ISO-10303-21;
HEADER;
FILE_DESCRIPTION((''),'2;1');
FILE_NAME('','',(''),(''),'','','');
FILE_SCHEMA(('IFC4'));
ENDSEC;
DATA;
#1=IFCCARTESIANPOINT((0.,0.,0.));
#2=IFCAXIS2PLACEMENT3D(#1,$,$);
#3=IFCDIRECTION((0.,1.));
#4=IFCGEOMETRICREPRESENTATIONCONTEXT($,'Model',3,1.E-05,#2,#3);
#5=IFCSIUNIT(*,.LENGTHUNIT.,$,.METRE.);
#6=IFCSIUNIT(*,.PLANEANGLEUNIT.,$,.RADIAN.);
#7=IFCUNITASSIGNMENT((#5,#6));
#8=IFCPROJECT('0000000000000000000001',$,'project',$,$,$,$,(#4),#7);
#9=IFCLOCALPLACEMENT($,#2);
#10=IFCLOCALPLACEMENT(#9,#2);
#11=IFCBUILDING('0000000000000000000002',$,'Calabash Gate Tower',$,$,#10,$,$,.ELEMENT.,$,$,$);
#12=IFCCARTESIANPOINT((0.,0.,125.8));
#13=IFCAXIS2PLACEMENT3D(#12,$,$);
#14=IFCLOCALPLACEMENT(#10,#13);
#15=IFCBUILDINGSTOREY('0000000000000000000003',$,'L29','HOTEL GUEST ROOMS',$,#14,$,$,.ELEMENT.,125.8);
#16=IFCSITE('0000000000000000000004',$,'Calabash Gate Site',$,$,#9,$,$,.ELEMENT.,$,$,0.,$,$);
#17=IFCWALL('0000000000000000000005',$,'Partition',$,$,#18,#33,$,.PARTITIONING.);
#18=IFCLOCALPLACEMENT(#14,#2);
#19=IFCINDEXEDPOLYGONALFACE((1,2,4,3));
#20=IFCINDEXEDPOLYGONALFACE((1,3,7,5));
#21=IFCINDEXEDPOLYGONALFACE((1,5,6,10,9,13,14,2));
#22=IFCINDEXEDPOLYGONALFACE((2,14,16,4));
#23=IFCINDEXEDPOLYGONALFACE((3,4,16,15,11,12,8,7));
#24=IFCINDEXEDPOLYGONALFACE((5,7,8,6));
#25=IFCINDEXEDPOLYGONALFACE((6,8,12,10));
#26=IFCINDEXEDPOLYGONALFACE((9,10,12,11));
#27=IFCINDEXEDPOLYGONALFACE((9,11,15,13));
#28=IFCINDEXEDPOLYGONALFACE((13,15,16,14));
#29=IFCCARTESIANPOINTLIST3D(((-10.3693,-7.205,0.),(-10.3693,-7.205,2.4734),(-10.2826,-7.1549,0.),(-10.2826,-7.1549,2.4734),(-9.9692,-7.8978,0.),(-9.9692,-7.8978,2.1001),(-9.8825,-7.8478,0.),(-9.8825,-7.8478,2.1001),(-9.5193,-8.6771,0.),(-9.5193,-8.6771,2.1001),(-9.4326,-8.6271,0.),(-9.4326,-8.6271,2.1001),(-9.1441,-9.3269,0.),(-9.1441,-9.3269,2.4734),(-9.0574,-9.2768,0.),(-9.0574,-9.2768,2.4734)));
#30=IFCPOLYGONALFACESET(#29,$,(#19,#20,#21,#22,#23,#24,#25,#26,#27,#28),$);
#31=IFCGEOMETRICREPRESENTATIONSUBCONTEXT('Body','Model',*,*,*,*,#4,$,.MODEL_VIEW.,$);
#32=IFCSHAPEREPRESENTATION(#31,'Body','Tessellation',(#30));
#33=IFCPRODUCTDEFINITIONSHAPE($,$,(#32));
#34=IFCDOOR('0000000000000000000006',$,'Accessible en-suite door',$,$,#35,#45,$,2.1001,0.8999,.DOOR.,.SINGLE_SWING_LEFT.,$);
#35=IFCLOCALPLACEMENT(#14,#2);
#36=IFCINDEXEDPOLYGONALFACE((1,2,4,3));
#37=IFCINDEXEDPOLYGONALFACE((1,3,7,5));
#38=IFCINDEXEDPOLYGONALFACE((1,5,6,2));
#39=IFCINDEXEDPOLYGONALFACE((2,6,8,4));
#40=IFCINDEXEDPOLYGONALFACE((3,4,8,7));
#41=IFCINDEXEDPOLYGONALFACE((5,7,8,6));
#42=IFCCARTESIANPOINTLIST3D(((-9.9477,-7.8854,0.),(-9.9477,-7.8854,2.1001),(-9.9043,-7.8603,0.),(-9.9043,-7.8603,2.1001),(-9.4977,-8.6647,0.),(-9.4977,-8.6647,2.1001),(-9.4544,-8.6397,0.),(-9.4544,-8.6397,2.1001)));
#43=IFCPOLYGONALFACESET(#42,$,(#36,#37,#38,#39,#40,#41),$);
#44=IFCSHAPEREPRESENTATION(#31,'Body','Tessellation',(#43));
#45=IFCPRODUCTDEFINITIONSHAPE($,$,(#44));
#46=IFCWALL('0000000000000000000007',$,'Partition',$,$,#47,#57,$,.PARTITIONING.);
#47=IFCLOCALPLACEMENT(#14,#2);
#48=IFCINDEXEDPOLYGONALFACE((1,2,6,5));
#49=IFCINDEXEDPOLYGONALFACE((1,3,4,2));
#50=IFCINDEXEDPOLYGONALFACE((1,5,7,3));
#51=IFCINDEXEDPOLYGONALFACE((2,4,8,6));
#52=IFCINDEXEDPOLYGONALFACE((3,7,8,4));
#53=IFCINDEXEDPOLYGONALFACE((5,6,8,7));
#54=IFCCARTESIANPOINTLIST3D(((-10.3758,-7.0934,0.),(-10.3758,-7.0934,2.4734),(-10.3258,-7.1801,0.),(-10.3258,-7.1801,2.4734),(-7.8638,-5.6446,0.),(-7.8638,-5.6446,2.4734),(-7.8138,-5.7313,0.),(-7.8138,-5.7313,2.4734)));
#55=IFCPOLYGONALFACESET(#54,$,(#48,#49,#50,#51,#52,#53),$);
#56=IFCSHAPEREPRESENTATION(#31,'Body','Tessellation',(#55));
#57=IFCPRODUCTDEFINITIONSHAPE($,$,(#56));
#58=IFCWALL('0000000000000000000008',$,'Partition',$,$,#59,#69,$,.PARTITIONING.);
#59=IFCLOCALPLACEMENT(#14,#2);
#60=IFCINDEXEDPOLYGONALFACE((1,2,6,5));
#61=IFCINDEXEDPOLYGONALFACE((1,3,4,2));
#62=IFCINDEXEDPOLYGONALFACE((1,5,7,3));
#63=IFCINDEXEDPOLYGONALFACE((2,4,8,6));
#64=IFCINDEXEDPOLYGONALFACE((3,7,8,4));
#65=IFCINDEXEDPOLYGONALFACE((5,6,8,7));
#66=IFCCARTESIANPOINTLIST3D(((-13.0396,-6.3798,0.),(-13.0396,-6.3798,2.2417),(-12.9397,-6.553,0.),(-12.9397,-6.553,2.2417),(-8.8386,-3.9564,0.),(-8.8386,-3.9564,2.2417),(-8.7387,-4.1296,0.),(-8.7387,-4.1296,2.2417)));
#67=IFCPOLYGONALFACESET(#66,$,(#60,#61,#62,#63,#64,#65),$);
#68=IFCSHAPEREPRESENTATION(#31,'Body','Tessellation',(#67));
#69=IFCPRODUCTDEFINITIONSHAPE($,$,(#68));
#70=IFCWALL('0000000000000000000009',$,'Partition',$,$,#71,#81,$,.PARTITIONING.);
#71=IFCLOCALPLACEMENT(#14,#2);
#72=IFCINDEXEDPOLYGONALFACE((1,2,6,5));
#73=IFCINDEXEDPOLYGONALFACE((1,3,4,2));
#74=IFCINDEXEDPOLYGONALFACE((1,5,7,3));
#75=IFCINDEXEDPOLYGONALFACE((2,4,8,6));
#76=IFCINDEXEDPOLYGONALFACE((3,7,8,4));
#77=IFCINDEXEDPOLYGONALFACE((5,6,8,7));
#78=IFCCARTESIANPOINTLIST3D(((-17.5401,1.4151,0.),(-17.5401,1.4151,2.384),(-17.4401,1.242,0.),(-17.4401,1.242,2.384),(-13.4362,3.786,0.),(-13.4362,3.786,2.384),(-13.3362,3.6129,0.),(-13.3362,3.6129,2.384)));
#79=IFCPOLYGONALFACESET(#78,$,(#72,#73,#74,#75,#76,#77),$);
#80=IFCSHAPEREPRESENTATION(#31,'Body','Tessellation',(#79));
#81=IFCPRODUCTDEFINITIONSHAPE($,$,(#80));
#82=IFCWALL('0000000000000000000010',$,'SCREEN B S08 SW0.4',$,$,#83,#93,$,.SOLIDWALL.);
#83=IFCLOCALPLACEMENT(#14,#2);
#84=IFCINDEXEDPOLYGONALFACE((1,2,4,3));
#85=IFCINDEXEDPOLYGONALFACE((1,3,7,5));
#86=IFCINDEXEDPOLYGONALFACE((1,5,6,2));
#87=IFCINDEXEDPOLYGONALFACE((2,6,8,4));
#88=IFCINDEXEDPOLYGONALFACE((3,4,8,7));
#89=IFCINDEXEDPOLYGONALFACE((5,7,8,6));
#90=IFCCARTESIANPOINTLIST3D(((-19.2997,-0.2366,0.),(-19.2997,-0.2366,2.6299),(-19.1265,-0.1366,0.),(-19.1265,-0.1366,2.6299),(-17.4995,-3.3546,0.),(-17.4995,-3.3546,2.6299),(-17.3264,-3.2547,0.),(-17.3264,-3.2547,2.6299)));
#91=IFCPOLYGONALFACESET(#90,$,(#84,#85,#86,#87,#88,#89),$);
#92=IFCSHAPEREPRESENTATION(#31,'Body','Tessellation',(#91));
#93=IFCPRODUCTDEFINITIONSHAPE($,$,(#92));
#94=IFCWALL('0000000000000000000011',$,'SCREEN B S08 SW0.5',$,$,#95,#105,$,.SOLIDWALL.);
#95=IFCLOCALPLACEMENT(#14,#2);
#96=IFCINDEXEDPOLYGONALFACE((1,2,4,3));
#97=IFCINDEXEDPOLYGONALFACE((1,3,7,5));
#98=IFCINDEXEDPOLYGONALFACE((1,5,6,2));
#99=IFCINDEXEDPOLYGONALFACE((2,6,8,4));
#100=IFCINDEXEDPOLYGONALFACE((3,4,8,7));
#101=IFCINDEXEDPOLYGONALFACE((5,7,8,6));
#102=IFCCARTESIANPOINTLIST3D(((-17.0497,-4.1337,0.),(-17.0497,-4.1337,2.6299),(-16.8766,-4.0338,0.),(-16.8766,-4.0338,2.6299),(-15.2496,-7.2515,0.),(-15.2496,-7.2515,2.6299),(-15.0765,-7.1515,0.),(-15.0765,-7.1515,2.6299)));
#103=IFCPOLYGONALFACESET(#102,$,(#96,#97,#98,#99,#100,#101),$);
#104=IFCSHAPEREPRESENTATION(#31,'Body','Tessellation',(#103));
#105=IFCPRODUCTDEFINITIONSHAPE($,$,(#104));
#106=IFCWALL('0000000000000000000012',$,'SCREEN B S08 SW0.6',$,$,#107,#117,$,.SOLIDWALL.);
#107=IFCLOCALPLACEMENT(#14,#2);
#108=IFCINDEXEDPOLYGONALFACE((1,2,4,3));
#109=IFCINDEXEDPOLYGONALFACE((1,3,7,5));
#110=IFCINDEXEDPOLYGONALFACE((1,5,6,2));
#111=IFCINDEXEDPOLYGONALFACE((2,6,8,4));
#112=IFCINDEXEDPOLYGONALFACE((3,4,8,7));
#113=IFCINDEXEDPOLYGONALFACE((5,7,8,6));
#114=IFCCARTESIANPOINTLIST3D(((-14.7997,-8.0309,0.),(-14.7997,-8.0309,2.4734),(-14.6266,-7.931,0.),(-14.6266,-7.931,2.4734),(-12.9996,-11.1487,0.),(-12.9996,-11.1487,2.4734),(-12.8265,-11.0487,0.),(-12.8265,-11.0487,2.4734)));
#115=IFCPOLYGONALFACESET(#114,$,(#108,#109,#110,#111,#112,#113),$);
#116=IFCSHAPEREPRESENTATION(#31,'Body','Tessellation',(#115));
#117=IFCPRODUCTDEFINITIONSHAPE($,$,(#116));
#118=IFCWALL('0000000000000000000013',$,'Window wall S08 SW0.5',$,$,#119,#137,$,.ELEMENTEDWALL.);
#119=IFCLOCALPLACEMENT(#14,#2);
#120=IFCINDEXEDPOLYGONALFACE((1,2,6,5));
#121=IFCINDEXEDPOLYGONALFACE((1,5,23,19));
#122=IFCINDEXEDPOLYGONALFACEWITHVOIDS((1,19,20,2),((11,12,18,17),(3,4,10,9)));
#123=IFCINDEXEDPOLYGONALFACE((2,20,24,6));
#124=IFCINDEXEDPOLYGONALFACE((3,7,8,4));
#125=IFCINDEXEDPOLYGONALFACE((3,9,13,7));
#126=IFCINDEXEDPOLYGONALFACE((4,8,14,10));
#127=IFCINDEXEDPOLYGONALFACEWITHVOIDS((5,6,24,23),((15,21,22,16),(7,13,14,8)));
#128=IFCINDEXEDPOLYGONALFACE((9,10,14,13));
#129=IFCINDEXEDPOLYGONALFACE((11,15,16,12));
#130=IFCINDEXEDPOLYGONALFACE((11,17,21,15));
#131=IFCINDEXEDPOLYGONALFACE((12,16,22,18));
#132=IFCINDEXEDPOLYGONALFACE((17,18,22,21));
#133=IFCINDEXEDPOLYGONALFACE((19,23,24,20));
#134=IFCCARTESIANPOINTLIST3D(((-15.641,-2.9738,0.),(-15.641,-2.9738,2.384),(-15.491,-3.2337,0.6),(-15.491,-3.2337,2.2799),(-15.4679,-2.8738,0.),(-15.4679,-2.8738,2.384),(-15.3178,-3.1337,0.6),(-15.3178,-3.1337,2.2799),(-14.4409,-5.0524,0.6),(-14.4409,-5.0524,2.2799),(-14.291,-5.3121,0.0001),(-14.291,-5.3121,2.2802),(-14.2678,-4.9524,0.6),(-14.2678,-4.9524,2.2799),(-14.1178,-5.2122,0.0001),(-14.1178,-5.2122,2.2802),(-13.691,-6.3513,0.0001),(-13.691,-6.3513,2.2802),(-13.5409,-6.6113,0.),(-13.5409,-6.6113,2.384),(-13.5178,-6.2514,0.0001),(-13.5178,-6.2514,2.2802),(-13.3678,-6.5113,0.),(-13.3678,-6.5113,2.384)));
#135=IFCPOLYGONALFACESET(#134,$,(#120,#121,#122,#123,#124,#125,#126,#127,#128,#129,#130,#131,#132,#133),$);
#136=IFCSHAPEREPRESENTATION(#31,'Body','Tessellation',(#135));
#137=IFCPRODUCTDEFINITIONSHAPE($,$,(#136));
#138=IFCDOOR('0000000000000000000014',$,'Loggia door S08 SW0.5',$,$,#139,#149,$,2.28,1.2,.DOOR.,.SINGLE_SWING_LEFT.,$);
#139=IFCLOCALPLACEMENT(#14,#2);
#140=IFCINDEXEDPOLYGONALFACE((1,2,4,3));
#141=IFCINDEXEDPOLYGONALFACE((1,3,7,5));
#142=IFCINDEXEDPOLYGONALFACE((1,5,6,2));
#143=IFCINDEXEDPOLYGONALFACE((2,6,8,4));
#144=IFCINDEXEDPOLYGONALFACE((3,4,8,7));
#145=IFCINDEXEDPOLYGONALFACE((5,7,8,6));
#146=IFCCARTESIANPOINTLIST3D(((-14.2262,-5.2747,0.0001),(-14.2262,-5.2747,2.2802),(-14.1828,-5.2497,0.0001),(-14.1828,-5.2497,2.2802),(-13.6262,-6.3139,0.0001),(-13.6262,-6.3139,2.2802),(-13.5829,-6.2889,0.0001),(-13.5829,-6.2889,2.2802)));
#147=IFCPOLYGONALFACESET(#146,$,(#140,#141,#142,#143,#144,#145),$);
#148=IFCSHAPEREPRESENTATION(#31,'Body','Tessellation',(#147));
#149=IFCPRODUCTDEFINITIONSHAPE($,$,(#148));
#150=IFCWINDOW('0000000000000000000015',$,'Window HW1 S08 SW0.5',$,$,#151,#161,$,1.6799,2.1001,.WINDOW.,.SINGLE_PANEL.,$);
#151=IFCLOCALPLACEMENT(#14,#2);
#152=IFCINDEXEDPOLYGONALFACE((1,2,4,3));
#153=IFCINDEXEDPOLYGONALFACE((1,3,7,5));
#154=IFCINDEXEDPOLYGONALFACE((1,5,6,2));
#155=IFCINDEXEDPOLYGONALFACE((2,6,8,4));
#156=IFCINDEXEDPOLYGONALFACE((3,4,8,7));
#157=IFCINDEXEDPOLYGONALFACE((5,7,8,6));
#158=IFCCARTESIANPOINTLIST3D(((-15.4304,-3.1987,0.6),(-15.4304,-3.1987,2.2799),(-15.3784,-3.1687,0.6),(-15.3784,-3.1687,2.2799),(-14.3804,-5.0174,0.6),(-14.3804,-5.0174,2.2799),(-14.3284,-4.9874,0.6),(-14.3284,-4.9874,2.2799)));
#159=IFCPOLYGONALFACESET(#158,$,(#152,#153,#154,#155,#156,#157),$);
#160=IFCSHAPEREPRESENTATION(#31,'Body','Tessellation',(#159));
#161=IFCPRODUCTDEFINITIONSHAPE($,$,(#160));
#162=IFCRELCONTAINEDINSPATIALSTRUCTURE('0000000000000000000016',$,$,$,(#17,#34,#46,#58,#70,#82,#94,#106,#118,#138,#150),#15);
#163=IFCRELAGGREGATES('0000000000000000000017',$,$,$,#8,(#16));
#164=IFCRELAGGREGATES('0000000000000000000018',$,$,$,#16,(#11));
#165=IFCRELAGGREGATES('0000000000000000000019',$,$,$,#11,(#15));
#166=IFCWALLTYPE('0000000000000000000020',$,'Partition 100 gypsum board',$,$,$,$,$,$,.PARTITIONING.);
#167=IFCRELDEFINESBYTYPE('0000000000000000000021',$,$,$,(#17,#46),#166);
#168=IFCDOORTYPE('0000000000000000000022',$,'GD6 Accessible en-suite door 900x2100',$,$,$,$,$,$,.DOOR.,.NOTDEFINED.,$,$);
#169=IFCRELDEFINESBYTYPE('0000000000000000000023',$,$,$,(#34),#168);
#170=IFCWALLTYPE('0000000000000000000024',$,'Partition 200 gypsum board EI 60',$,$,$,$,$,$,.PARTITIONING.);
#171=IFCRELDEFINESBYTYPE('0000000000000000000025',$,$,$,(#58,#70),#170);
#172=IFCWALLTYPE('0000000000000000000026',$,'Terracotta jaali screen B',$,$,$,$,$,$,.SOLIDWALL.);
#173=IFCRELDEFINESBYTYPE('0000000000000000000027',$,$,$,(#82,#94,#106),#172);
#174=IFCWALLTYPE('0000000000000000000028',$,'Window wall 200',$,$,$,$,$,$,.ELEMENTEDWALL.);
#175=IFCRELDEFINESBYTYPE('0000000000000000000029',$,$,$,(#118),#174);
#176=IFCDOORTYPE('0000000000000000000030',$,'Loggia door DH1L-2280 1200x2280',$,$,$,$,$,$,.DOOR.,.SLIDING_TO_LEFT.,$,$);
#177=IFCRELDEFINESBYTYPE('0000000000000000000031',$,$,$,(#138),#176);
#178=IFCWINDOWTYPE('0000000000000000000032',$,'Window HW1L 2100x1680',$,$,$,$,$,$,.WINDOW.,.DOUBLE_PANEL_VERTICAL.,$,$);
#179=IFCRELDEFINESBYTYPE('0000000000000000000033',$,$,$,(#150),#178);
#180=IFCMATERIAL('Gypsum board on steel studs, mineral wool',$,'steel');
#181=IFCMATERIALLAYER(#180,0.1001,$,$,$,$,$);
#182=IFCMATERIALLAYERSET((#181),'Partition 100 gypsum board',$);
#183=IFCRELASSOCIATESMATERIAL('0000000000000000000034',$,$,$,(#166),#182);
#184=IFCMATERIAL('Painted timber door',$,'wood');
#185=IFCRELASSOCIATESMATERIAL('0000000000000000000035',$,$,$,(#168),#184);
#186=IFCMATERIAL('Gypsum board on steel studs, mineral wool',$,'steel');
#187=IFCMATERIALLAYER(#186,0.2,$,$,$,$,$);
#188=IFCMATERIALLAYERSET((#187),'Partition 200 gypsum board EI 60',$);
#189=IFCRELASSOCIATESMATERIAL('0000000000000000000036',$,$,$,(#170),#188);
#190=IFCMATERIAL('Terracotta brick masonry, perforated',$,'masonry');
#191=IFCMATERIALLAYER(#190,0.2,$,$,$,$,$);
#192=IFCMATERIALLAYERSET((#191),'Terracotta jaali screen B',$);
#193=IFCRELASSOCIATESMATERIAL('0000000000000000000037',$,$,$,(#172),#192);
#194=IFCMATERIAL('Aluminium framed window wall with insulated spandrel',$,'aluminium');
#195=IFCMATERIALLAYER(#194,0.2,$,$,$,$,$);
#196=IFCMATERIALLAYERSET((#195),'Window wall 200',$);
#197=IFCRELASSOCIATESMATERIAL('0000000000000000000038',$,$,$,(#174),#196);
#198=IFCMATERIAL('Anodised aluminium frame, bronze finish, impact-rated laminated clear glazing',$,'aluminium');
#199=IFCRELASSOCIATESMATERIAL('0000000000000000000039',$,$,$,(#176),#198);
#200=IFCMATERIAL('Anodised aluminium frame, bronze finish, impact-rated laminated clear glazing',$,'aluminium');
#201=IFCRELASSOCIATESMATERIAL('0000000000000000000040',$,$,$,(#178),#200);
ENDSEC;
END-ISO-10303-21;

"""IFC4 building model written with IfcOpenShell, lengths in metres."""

from ifc_helpers import new_model, si_unit, direction, frame, frame_2d, origin, place, context, subcontext, project, spatial, rectangle, extrude, material, layer, layer_set, type_object, element, fill, save


model = new_model("IFC4")

# Units and contexts
model_context = context("Model", 3, precision=1e-05, world=origin(), true_north=direction((0.0, 1.0)))
body_context = subcontext(model_context, "Body", "Model", "MODEL_VIEW")
ifc_project = project(units=[si_unit("LENGTHUNIT", "METRE"), si_unit("PLANEANGLEUNIT", "RADIAN")], contexts=[model_context])

# Site, building, storey
site_placement = place(None, origin())
site = spatial("IfcSite", under=ifc_project, at=site_placement, Name="Calabash Gate Site", CompositionType="ELEMENT", RefElevation=0.0)
building_placement = place(site_placement, origin())
building = spatial("IfcBuilding", under=site, at=building_placement, Name="Calabash Gate Tower", CompositionType="ELEMENT")
storey_placement = place(building_placement, frame((0.0, 0.0, 125.8)))
storey = spatial("IfcBuildingStorey", under=building, at=storey_placement, Name="L29", Description="HOTEL GUEST ROOMS", CompositionType="ELEMENT", Elevation=125.8)

# Wall, opening, door
ifc_material_1 = material(Name="Gypsum board on steel studs, mineral wool", Category="steel")
ifc_layer_1 = layer(ifc_material_1, 0.1001)
ifc_layer_set_1 = layer_set([ifc_layer_1], Name="Partition 100 gypsum board")
wall_type_1 = type_object("IfcWallType", Name="Partition 100 gypsum board", PredefinedType="PARTITIONING", material=ifc_layer_set_1)
wall_1_placement = place(storey_placement, frame((-10.3259, -7.1799, 0.0), z_axis=(0.0, 0.0, 1.0), x_axis=(0.500019, -0.866015, 0.0)))
wall_1 = element("IfcWall", 1, at=wall_1_placement, inside=storey, type_object=wall_type_1, Name="Partition", PredefinedType="PARTITIONING", context=body_context, shape_type="SweptSolid", body=[
    extrude(rectangle(XDim=2.4502, YDim=0.1001, at=frame_2d((1.2251, 0.0))), origin(), (0.0, 0.0, 1.0), 2.4734),
])
opening_1_placement = place(wall_1_placement, frame((0.8, 0.0, 0.0)))
opening_1 = element("IfcOpeningElement", 2, at=opening_1_placement, cuts=wall_1, PredefinedType="OPENING", context=body_context, shape_type="SweptSolid", body=[
    extrude(rectangle(XDim=0.8999, YDim=2.1001, at=frame_2d((0.45, 1.05))), frame((0.0, 0.0601, 0.0), z_axis=(0.0, -1.0, 0.0), x_axis=(1.0, 0.0, 0.0)), (0.0, 0.0, 1.0), 0.1201),
])
ifc_material_2 = material(Name="Painted timber door", Category="wood")
door_type_1 = type_object("IfcDoorType", Name="GD6 Accessible en-suite door 900x2100", OperationType="NOTDEFINED", PredefinedType="DOOR", material=ifc_material_2)
door_1_placement = place(opening_1_placement, origin())
door_1 = element("IfcDoor", 3, at=door_1_placement, inside=storey, type_object=door_type_1, Name="Accessible en-suite door", OperationType="SINGLE_SWING_LEFT", OverallHeight=2.1001, OverallWidth=0.8999, PredefinedType="DOOR", context=body_context, shape_type="SweptSolid", body=[
    extrude(rectangle(XDim=0.8999, YDim=2.1001, at=frame_2d((0.45, 1.05))), frame((0.0, 0.0249, 0.0), z_axis=(0.0, -1.0, 0.0), x_axis=(1.0, 0.0, 0.0)), (0.0, 0.0, 1.0), 0.05),
])
fill(opening_1, door_1)

# Walls
wall_2_placement = place(storey_placement, frame((-10.3508, -7.1367, 0.0), z_axis=(0.0, 0.0, 1.0), x_axis=(0.866257, 0.499599, 0.0)))
element("IfcWall", 4, at=wall_2_placement, inside=storey, type_object=wall_type_1, Name="Partition", PredefinedType="PARTITIONING", context=body_context, shape_type="SweptSolid", body=[
    extrude(rectangle(XDim=2.8999, YDim=0.1001, at=frame_2d((1.45, 0.0))), origin(), (0.0, 0.0, 1.0), 2.4734),
])
ifc_material_3 = material(Name="Gypsum board on steel studs, mineral wool", Category="steel")
ifc_layer_2 = layer(ifc_material_3, 0.2)
ifc_layer_set_2 = layer_set([ifc_layer_2], Name="Partition 200 gypsum board EI 60")
wall_type_2 = type_object("IfcWallType", Name="Partition 200 gypsum board EI 60", PredefinedType="PARTITIONING", material=ifc_layer_set_2)
wall_3_placement = place(storey_placement, frame((-12.9895, -6.4663, 0.0), z_axis=(0.0, 0.0, 1.0), x_axis=(0.86621, 0.49968, 0.0)))
element("IfcWall", 5, at=wall_3_placement, inside=storey, type_object=wall_type_2, Name="Partition", PredefinedType="PARTITIONING", context=body_context, shape_type="SweptSolid", body=[
    extrude(rectangle(XDim=4.8499, YDim=0.2, at=frame_2d((2.4248, 0.0))), origin(), (0.0, 0.0, 1.0), 2.2417),
])
wall_4_placement = place(storey_placement, frame((-17.49, 1.3286, 0.0), z_axis=(0.0, 0.0, 1.0), x_axis=(0.865884, 0.500244, 0.0)))
element("IfcWall", 6, at=wall_4_placement, inside=storey, type_object=wall_type_2, Name="Partition", PredefinedType="PARTITIONING", context=body_context, shape_type="SweptSolid", body=[
    extrude(rectangle(XDim=4.7395, YDim=0.2, at=frame_2d((2.3696, 0.0))), origin(), (0.0, 0.0, 1.0), 2.384),
])
ifc_material_4 = material(Name="Terracotta brick masonry, perforated", Category="masonry")
ifc_layer_3 = layer(ifc_material_4, 0.2)
ifc_layer_set_3 = layer_set([ifc_layer_3], Name="Terracotta jaali screen B")
wall_type_3 = type_object("IfcWallType", Name="Terracotta jaali screen B", PredefinedType="SOLIDWALL", material=ifc_layer_set_3)
wall_5_placement = place(storey_placement, frame((-19.2131, -0.1865, 0.0), z_axis=(0.0, 0.0, 1.0), x_axis=(0.499983, -0.866035, 0.0)))
element("IfcWall", 7, at=wall_5_placement, inside=storey, type_object=wall_type_3, Name="SCREEN B S08 SW0.4", PredefinedType="SOLIDWALL", context=body_context, shape_type="SweptSolid", body=[
    extrude(rectangle(XDim=3.6003, YDim=0.2, at=frame_2d((1.8003, 0.0))), origin(), (0.0, 0.0, 1.0), 2.6299),
])
wall_6_placement = place(storey_placement, frame((-16.9631, -4.0837, 0.0), z_axis=(0.0, 0.0, 1.0), x_axis=(0.500012, -0.866018, 0.0)))
element("IfcWall", 8, at=wall_6_placement, inside=storey, type_object=wall_type_3, Name="SCREEN B S08 SW0.5", PredefinedType="SOLIDWALL", context=body_context, shape_type="SweptSolid", body=[
    extrude(rectangle(XDim=3.6001, YDim=0.2, at=frame_2d((1.8, 0.0))), origin(), (0.0, 0.0, 1.0), 2.6299),
])
wall_7_placement = place(storey_placement, frame((-14.7131, -7.981, 0.0), z_axis=(0.0, 0.0, 1.0), x_axis=(0.500012, -0.866018, 0.0)))
element("IfcWall", 9, at=wall_7_placement, inside=storey, type_object=wall_type_3, Name="SCREEN B S08 SW0.6", PredefinedType="SOLIDWALL", context=body_context, shape_type="SweptSolid", body=[
    extrude(rectangle(XDim=3.6001, YDim=0.2, at=frame_2d((1.8, 0.0))), origin(), (0.0, 0.0, 1.0), 2.4734),
])

# Wall, openings, door, window
ifc_material_5 = material(Name="Aluminium framed window wall with insulated spandrel", Category="aluminium")
ifc_layer_4 = layer(ifc_material_5, 0.2)
ifc_layer_set_4 = layer_set([ifc_layer_4], Name="Window wall 200")
wall_type_4 = type_object("IfcWallType", Name="Window wall 200", PredefinedType="ELEMENTEDWALL", material=ifc_layer_set_4)
wall_8_placement = place(storey_placement, frame((-15.5544, -2.9238, 0.0), z_axis=(0.0, 0.0, 1.0), x_axis=(0.500003, -0.866024, 0.0)))
wall_8 = element("IfcWall", 10, at=wall_8_placement, inside=storey, type_object=wall_type_4, Name="Window wall S08 SW0.5", PredefinedType="ELEMENTEDWALL", context=body_context, shape_type="SweptSolid", body=[
    extrude(rectangle(XDim=4.2002, YDim=0.2, at=frame_2d((2.1001, 0.0))), origin(), (0.0, 0.0, 1.0), 2.384),
])
opening_2_placement = place(wall_8_placement, frame((0.3, 0.0, 0.6001)))
opening_2 = element("IfcOpeningElement", 11, at=opening_2_placement, cuts=wall_8, PredefinedType="OPENING", context=body_context, shape_type="SweptSolid", body=[
    extrude(rectangle(XDim=2.1001, YDim=1.6799, at=frame_2d((1.05, 0.8398))), frame((0.0, 0.1099, 0.0), z_axis=(0.0, -1.0, 0.0), x_axis=(1.0, 0.0, 0.0)), (0.0, 0.0, 1.0), 0.22),
])
opening_3_placement = place(wall_8_placement, frame((2.7, 0.0, 0.0)))
opening_3 = element("IfcOpeningElement", 12, at=opening_3_placement, cuts=wall_8, PredefinedType="OPENING", context=body_context, shape_type="SweptSolid", body=[
    extrude(rectangle(XDim=1.2, YDim=2.28, at=frame_2d((0.6001, 1.1401))), frame((0.0, 0.1099, 0.0), z_axis=(0.0, -1.0, 0.0), x_axis=(1.0, 0.0, 0.0)), (0.0, 0.0, 1.0), 0.22),
])
ifc_material_6 = material(Name="Anodised aluminium frame, bronze finish, impact-rated laminated clear glazing", Category="aluminium")
door_type_2 = type_object("IfcDoorType", Name="Loggia door DH1L-2280 1200x2280", OperationType="SLIDING_TO_LEFT", PredefinedType="DOOR", material=ifc_material_6)
door_2_placement = place(opening_3_placement, origin())
door_2 = element("IfcDoor", 13, at=door_2_placement, inside=storey, type_object=door_type_2, Name="Loggia door S08 SW0.5", OperationType="SINGLE_SWING_LEFT", OverallHeight=2.28, OverallWidth=1.2, PredefinedType="DOOR", context=body_context, shape_type="SweptSolid", body=[
    extrude(rectangle(XDim=1.2, YDim=2.28, at=frame_2d((0.6001, 1.1401))), frame((0.0, 0.0249, 0.0), z_axis=(0.0, -1.0, 0.0), x_axis=(1.0, 0.0, 0.0)), (0.0, 0.0, 1.0), 0.05),
])
fill(opening_3, door_2)
ifc_material_7 = material(Name="Anodised aluminium frame, bronze finish, impact-rated laminated clear glazing", Category="aluminium")
window_type_1 = type_object("IfcWindowType", Name="Window HW1L 2100x1680", PartitioningType="DOUBLE_PANEL_VERTICAL", PredefinedType="WINDOW", material=ifc_material_7)
window_1_placement = place(opening_2_placement, origin())
window_1 = element("IfcWindow", 14, at=window_1_placement, inside=storey, type_object=window_type_1, Name="Window HW1 S08 SW0.5", OverallHeight=1.6799, OverallWidth=2.1001, PartitioningType="SINGLE_PANEL", PredefinedType="WINDOW", context=body_context, shape_type="SweptSolid", body=[
    extrude(rectangle(XDim=2.1001, YDim=1.6799, at=frame_2d((1.05, 0.8398))), frame((0.0, 0.03, 0.0), z_axis=(0.0, -1.0, 0.0), x_axis=(1.0, 0.0, 0.0)), (0.0, 0.0, 1.0), 0.0601),
])
fill(opening_2, window_1)

save(model, "model.ifc")
